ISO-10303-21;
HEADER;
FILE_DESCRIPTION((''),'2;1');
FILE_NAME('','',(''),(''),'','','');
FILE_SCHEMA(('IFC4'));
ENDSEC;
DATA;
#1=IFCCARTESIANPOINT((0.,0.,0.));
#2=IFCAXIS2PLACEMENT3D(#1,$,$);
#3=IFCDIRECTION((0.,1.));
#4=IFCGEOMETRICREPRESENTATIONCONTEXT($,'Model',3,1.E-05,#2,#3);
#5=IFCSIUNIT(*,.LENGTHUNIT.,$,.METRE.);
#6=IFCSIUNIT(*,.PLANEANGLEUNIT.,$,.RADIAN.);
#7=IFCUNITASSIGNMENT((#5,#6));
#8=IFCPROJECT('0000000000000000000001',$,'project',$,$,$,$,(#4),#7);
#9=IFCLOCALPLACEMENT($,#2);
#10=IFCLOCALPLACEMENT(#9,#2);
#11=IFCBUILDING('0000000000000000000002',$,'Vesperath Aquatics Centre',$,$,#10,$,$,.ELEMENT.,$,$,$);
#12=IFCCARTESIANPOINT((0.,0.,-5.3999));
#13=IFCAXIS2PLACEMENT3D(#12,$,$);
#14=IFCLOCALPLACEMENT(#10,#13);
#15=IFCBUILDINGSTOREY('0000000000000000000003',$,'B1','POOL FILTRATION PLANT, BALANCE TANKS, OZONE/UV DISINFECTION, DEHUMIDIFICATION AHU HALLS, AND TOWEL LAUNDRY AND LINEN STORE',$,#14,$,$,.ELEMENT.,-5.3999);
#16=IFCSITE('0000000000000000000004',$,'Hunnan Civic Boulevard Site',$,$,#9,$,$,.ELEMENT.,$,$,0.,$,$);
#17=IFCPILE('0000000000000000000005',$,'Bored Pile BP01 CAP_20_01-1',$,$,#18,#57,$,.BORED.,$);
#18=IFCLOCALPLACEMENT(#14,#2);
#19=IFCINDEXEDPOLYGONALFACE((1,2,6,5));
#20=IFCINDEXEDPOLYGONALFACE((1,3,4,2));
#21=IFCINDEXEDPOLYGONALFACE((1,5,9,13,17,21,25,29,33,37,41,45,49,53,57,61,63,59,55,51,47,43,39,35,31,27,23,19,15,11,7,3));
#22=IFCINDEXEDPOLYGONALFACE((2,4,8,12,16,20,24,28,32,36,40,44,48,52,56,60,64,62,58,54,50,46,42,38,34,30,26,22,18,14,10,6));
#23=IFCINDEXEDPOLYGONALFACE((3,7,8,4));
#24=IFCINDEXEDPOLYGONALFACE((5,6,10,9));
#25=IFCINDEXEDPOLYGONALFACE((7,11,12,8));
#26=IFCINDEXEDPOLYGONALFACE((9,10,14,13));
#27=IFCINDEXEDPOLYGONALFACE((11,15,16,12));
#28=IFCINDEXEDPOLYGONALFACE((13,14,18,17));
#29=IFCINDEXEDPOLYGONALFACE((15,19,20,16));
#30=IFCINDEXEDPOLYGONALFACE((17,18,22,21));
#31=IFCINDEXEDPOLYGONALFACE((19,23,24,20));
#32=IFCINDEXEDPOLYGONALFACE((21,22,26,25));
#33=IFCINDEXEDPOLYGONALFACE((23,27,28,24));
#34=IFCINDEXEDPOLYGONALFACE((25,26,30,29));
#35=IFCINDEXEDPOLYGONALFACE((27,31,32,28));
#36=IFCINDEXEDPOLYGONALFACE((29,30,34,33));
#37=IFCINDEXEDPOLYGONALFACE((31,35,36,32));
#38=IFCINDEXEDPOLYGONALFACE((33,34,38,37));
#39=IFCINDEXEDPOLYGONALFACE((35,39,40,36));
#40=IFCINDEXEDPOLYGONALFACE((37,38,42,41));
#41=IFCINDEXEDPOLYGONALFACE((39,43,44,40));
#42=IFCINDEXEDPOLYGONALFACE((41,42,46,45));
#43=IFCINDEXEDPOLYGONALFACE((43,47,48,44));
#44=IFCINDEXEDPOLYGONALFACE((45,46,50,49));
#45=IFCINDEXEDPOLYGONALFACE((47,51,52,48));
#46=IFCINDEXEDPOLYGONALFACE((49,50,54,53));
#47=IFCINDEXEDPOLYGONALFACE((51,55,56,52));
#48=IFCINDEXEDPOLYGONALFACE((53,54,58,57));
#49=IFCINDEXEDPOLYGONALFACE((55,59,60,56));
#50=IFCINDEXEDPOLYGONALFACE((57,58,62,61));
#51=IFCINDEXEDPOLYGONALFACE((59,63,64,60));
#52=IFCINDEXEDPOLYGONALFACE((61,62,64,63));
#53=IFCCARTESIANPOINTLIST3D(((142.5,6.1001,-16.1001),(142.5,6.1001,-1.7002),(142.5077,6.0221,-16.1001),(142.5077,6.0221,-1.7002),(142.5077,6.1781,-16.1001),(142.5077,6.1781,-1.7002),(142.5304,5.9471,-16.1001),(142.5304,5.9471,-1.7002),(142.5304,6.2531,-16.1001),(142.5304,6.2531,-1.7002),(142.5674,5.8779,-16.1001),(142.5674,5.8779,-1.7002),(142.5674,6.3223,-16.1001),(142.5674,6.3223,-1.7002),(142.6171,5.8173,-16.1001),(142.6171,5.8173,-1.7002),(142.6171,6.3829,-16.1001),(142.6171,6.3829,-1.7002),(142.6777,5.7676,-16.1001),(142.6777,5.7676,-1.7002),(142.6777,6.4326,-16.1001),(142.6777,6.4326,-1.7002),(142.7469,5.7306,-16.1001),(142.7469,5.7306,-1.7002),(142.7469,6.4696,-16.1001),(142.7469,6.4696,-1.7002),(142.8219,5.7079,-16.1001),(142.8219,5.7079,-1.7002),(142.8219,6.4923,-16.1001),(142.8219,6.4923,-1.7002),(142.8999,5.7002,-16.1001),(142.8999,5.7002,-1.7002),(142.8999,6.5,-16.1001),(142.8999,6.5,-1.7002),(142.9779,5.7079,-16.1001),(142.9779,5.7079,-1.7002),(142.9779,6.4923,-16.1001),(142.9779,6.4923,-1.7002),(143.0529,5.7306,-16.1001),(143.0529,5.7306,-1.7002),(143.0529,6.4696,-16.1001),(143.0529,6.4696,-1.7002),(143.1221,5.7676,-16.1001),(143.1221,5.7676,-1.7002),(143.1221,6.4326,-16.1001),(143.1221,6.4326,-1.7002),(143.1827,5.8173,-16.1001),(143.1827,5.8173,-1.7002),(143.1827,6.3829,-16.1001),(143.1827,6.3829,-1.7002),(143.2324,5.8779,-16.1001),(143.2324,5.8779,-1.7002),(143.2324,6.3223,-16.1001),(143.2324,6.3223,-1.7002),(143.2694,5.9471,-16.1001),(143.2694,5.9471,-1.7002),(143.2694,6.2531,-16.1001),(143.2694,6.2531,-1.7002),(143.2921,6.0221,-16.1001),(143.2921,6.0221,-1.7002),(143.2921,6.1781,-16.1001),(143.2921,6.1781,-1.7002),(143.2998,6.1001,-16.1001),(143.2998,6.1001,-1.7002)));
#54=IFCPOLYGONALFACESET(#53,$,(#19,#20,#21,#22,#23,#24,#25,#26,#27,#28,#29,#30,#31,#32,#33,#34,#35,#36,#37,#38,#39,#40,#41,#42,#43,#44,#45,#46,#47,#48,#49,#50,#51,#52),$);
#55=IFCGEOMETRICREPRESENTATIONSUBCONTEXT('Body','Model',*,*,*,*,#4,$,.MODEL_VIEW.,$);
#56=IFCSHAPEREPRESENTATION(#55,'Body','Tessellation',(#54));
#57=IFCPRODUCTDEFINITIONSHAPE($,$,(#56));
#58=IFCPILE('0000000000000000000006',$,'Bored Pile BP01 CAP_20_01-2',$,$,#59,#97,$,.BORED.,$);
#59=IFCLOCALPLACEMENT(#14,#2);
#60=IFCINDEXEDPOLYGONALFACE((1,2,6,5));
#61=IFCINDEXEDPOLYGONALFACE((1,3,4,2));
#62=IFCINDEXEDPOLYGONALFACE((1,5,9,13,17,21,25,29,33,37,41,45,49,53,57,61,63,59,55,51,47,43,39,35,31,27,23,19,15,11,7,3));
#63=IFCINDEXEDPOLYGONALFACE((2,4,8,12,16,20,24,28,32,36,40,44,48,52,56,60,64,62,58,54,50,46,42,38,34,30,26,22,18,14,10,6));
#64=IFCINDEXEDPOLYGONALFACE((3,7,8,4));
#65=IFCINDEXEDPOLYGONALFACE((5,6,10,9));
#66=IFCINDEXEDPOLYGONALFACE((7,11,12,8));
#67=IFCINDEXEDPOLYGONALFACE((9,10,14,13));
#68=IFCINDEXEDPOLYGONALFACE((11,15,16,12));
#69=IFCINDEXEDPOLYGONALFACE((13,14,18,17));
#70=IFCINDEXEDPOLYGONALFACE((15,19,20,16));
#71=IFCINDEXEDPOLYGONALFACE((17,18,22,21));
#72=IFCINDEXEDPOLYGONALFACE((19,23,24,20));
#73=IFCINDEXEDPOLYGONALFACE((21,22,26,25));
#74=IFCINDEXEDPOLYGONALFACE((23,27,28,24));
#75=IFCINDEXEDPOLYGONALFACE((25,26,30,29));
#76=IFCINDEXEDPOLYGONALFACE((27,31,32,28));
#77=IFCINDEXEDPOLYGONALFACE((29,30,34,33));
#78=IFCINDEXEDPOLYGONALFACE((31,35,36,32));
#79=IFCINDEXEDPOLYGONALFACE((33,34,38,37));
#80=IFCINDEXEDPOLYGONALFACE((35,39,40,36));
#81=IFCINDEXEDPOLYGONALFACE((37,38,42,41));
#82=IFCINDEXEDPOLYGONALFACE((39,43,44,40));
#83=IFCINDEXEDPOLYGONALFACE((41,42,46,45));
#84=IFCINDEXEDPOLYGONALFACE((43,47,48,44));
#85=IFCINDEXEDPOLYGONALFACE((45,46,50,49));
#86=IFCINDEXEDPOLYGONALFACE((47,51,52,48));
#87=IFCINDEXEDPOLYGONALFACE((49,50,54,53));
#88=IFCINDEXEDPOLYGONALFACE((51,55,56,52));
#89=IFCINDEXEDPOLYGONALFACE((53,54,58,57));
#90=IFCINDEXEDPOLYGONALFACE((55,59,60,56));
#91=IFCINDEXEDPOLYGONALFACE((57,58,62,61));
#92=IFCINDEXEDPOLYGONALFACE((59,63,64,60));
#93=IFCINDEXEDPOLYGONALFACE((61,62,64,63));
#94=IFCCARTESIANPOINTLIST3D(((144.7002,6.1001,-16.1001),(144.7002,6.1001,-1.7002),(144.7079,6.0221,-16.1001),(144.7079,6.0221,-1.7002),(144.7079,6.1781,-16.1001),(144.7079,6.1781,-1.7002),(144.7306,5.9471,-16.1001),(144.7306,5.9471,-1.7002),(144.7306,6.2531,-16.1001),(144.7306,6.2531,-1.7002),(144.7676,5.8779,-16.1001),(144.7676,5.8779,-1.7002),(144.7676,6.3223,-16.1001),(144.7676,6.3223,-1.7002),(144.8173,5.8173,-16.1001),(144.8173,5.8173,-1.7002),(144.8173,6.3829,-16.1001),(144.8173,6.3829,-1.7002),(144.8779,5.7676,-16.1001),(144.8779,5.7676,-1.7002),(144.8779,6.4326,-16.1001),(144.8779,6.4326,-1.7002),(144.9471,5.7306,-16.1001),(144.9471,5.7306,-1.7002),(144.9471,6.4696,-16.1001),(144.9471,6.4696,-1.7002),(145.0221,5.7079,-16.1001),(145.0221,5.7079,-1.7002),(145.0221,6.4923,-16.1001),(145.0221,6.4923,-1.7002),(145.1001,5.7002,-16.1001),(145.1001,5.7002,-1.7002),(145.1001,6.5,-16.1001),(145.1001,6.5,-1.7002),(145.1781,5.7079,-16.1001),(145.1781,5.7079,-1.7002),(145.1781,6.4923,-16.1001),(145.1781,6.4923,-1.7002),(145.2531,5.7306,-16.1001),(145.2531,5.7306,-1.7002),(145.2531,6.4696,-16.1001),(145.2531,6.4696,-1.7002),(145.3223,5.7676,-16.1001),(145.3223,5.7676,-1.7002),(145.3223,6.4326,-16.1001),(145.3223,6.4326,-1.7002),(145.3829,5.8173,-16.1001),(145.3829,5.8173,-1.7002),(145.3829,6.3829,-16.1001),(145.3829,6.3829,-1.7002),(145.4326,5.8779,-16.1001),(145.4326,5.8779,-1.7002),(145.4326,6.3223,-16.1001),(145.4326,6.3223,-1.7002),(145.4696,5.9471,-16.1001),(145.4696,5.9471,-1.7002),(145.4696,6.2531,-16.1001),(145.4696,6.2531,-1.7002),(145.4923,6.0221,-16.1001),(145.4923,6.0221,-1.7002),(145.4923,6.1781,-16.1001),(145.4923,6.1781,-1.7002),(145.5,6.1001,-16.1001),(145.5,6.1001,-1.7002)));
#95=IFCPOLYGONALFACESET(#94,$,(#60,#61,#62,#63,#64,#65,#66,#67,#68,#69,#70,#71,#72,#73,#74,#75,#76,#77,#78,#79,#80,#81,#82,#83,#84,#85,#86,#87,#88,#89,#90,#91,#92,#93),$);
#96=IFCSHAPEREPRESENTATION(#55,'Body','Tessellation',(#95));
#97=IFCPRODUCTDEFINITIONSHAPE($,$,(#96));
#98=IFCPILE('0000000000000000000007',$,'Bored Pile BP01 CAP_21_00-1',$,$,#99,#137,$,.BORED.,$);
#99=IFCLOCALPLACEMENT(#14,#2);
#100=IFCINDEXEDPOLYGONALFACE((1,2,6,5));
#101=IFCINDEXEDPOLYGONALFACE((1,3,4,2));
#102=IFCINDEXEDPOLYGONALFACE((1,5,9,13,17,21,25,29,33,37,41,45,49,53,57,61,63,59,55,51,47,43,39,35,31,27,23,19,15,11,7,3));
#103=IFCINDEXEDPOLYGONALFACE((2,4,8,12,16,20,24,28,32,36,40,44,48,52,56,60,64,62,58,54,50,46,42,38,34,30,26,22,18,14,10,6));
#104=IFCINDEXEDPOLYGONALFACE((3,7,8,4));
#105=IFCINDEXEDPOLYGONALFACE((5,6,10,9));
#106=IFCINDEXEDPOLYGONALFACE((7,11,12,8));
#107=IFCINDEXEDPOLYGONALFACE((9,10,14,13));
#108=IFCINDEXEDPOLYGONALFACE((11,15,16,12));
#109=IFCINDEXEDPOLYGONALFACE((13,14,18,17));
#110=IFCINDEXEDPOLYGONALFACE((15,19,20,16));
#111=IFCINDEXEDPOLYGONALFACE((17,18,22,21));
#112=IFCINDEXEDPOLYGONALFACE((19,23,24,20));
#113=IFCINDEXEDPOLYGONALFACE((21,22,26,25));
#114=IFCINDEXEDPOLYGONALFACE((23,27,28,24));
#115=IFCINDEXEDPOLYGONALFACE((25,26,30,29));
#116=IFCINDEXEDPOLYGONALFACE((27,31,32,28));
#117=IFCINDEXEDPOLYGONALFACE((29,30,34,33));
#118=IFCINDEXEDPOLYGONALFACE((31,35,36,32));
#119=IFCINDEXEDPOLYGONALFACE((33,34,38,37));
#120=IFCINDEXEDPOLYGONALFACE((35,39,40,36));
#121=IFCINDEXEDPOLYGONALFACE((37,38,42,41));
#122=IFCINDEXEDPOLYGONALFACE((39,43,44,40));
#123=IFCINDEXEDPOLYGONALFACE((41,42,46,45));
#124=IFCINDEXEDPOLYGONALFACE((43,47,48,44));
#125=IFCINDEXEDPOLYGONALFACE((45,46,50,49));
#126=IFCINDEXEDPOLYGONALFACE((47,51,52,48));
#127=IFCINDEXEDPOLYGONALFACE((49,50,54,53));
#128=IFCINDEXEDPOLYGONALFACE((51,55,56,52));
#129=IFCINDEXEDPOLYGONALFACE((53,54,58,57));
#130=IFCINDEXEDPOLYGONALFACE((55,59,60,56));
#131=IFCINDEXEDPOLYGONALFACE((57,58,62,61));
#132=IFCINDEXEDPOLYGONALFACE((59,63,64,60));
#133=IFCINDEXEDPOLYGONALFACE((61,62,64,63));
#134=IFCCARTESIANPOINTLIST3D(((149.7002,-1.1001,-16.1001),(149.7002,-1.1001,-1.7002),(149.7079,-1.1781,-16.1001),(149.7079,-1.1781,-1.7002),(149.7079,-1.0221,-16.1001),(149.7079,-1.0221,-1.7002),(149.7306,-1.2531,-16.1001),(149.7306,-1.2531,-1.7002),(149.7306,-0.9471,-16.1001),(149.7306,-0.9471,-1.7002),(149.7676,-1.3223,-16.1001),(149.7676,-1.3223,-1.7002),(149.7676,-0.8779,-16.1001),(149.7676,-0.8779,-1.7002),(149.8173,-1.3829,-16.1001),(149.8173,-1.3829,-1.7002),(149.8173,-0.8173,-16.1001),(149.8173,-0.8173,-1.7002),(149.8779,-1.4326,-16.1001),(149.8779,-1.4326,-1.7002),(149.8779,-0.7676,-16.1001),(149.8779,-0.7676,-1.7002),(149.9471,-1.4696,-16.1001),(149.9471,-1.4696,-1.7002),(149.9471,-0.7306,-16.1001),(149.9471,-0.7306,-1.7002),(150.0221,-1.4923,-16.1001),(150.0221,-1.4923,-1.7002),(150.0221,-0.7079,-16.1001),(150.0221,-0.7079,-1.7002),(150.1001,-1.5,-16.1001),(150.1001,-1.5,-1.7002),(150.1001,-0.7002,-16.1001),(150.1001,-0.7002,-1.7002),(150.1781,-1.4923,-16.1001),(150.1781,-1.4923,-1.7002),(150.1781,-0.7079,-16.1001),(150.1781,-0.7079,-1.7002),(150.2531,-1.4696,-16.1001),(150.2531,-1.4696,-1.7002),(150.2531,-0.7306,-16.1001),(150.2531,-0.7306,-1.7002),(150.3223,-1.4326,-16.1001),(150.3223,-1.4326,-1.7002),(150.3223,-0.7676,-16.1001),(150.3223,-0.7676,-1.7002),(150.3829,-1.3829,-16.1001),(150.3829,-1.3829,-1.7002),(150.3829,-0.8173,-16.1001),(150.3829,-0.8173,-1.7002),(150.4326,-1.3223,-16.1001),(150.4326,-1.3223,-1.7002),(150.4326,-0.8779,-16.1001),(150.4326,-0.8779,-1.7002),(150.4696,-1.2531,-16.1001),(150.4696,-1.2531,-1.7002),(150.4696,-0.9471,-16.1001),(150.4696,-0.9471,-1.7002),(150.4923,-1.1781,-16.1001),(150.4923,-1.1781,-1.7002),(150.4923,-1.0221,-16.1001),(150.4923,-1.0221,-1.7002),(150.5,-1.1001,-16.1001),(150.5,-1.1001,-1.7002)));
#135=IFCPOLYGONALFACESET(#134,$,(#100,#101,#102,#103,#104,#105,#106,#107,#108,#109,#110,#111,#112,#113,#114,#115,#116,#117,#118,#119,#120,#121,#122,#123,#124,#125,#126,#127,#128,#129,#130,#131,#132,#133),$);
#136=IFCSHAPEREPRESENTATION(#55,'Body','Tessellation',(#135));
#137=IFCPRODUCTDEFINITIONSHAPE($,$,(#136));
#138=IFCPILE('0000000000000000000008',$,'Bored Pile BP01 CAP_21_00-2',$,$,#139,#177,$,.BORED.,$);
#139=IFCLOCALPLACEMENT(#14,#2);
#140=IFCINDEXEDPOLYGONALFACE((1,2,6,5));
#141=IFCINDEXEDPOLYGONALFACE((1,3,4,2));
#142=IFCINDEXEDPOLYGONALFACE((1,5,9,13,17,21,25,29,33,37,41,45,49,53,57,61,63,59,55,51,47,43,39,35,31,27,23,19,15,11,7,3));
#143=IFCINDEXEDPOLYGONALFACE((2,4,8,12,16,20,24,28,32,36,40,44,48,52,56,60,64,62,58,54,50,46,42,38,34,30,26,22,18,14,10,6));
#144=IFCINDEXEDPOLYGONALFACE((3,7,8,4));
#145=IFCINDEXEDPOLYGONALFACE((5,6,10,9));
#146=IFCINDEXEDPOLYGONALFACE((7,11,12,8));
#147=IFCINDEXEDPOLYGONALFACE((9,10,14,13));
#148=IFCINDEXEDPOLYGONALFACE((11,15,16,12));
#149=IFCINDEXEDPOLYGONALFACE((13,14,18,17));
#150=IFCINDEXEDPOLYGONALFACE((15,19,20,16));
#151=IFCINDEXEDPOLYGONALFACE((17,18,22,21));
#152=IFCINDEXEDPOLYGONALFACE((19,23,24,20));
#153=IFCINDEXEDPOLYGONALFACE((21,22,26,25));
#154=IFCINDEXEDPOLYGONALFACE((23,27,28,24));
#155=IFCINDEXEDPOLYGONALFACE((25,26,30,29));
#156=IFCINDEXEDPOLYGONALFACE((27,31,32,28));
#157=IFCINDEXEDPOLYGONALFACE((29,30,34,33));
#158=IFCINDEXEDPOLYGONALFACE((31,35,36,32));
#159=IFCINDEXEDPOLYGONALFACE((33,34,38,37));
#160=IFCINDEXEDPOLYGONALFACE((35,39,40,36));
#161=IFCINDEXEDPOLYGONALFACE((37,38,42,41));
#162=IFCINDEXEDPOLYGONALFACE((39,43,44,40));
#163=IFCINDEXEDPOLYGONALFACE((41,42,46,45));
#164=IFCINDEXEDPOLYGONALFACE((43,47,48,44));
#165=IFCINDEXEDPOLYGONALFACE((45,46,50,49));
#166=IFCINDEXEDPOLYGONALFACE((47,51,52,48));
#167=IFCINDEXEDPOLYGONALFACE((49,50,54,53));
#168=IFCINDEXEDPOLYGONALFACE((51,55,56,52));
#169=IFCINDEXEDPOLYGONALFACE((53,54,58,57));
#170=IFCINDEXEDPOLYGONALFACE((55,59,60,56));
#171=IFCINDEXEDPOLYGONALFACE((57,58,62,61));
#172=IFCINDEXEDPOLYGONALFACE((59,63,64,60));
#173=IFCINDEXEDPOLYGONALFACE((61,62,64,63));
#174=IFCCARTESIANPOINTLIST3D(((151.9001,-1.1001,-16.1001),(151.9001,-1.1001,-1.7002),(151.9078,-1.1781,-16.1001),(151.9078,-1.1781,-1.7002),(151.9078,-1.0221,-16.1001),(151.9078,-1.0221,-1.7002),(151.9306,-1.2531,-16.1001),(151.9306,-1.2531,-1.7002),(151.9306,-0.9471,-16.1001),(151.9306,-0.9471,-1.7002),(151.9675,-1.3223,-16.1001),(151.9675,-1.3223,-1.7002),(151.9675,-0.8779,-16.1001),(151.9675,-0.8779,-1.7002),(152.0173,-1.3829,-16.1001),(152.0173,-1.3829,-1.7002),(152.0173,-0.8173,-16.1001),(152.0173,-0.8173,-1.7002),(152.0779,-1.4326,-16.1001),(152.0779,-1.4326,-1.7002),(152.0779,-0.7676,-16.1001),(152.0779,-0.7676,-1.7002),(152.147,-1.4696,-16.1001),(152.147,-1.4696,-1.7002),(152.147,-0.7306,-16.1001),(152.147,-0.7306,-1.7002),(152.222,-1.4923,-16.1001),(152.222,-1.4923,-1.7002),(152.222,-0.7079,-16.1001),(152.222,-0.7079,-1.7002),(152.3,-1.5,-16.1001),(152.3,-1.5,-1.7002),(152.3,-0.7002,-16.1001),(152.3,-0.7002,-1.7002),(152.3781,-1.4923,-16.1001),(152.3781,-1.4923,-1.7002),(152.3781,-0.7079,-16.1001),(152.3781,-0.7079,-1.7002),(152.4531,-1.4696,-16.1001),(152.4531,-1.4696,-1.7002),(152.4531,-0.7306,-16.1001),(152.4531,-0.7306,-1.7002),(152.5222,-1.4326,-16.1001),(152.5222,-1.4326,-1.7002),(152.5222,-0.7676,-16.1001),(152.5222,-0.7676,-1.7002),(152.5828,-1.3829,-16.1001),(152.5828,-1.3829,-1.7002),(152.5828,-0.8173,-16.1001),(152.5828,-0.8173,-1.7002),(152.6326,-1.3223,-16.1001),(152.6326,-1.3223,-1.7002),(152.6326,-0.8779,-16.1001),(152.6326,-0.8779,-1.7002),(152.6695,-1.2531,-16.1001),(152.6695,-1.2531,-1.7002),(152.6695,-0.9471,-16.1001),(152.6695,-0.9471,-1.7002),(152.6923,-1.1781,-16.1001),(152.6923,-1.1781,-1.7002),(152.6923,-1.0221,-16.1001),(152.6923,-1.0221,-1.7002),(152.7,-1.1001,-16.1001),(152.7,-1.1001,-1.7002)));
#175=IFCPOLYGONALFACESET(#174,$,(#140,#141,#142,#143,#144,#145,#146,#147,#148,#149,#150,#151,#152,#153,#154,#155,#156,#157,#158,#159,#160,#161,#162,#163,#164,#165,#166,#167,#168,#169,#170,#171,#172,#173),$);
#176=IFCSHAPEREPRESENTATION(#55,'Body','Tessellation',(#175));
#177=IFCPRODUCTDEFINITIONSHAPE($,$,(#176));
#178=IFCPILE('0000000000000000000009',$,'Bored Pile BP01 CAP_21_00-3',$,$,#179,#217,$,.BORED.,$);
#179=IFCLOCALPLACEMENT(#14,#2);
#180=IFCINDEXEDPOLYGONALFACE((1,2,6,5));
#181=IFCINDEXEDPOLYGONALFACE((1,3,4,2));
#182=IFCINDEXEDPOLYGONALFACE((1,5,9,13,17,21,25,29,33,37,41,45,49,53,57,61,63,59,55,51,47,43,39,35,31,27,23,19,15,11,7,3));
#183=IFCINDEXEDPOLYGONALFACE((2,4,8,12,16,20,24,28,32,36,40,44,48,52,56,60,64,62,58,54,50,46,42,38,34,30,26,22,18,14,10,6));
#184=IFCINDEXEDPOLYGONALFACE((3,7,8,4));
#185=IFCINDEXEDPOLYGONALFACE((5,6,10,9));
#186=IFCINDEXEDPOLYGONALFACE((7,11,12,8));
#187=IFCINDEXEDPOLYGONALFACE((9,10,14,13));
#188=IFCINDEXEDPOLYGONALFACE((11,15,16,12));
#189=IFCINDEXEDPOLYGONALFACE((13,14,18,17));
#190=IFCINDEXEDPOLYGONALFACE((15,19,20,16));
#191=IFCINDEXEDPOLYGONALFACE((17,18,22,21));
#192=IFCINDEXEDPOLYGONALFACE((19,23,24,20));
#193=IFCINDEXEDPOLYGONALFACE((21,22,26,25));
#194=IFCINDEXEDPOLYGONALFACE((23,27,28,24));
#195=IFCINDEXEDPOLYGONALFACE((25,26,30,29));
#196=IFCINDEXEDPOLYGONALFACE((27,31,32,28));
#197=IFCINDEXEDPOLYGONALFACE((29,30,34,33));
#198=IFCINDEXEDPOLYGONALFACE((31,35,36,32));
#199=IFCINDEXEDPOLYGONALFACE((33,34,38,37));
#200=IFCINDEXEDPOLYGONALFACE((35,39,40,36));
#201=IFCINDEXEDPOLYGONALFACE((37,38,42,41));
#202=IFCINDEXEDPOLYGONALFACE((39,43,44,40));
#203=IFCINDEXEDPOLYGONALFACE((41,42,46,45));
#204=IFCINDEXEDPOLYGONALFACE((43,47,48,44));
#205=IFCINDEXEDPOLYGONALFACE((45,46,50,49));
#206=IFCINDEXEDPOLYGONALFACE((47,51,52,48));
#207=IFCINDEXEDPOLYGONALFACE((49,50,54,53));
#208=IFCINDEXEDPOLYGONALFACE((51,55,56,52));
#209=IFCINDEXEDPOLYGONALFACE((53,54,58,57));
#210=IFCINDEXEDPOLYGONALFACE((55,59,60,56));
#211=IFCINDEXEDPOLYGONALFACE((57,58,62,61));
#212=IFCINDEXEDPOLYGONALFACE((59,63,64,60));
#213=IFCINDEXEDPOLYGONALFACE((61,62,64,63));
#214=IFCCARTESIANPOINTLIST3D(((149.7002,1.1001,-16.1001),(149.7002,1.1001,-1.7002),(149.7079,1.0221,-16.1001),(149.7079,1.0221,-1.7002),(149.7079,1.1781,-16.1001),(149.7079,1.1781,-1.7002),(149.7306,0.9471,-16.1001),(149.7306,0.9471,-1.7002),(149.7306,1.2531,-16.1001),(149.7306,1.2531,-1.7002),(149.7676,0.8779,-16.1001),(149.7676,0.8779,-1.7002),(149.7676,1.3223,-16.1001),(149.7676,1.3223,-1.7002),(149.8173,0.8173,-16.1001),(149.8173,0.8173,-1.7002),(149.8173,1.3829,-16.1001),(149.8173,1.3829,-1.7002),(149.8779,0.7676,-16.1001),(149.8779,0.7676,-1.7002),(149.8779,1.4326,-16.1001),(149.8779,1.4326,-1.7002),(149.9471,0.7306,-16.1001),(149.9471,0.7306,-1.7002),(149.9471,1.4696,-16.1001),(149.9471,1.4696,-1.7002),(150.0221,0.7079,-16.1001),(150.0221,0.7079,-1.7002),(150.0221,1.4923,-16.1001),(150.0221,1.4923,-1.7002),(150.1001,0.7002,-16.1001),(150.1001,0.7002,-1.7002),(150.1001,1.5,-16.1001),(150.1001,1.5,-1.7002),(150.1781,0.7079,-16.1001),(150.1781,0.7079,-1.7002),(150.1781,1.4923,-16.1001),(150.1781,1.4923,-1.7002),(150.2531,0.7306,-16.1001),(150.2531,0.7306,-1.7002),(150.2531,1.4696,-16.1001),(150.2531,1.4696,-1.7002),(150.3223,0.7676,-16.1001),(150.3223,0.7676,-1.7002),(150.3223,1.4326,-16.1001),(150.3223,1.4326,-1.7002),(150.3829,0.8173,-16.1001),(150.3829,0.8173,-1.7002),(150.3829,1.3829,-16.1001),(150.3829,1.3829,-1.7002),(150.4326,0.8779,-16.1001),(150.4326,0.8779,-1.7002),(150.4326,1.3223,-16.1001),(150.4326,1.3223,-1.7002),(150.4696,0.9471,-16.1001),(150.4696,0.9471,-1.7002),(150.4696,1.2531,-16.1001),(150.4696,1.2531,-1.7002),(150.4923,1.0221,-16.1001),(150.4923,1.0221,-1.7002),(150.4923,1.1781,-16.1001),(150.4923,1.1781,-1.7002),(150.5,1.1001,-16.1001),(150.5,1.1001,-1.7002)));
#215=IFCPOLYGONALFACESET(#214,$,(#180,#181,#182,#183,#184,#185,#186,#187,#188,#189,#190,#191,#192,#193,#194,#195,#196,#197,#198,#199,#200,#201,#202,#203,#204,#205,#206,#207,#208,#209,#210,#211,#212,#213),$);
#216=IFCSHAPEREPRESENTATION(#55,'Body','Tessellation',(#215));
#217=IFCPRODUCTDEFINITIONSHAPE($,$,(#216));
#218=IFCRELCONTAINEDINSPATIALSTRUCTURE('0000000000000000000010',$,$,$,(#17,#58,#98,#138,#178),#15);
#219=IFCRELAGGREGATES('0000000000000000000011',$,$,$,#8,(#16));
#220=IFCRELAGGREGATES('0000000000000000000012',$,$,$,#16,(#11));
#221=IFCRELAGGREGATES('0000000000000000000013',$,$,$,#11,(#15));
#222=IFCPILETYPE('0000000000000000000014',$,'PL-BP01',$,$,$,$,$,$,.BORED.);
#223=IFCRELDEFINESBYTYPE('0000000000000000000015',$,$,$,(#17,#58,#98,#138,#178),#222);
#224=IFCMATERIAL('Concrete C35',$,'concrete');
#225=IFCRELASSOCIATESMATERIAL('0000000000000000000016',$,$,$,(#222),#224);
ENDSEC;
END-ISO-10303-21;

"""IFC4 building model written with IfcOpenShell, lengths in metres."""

from ifc_helpers import new_model, si_unit, direction, frame, origin, origin_2d, place, context, subcontext, project, spatial, circle, extrude, material, material_profile, profile_set, type_object, element, save


model = new_model("IFC4")

# Units and contexts
model_context = context("Model", 3, precision=1e-05, world=origin(), true_north=direction((0.0, 1.0)))
body_context = subcontext(model_context, "Body", "Model", "MODEL_VIEW")
ifc_project = project(units=[si_unit("LENGTHUNIT", "METRE"), si_unit("PLANEANGLEUNIT", "RADIAN")], contexts=[model_context])

# Site, building, storey
site_placement = place(None, origin())
site = spatial("IfcSite", under=ifc_project, at=site_placement, Name="Hunnan Civic Boulevard Site", CompositionType="ELEMENT", RefElevation=0.0)
building_placement = place(site_placement, origin())
building = spatial("IfcBuilding", under=site, at=building_placement, Name="Vesperath Aquatics Centre", CompositionType="ELEMENT")
storey_placement = place(building_placement, frame((0.0, 0.0, -5.3999)))
storey = spatial("IfcBuildingStorey", under=building, at=storey_placement, Name="B1", Description="POOL FILTRATION PLANT, BALANCE TANKS, OZONE/UV DISINFECTION, DEHUMIDIFICATION AHU HALLS, AND TOWEL LAUNDRY AND LINEN STORE", CompositionType="ELEMENT", Elevation=-5.3999)

# Piles
ifc_material_1 = material(Name="Concrete C35", Category="concrete")
ifc_material_profile_1 = material_profile(ifc_material_1, circle(Radius=0.3999, at=origin_2d()), Name="PILE D800")
ifc_profile_set_1 = profile_set([ifc_material_profile_1], Name="Concrete C35")
pile_type = type_object("IfcPileType", Name="PL-BP01", PredefinedType="BORED", material=ifc_profile_set_1)
for number, where, z_axis, x_axis, name in (
    (1, (142.8999, 6.1001, -1.7002), (0.0, 0.0, -1.0), (1.0, 0.0, 0.0), "Bored Pile BP01 CAP_20_01-1"),
    (2, (145.1001, 6.1001, -1.7002), (0.0, 0.0, -1.0), (1.0, 0.0, 0.0), "Bored Pile BP01 CAP_20_01-2"),
    (3, (150.1001, -1.1001, -1.7002), (0.0, 0.0, -1.0), (1.0, 0.0, 0.0), "Bored Pile BP01 CAP_21_00-1"),
    (4, (152.3, -1.1001, -1.7002), (0.0, 0.0, -1.0), (1.0, 0.0, 0.0), "Bored Pile BP01 CAP_21_00-2"),
    (5, (150.1001, 1.1001, -1.7002), (0.0, 0.0, -1.0), (1.0, 0.0, 0.0), "Bored Pile BP01 CAP_21_00-3"),
):
    element("IfcPile", number, at=place(storey_placement, frame(where, z_axis=z_axis, x_axis=x_axis)), inside=storey, type_object=pile_type, Name=name, PredefinedType="BORED", context=body_context, shape_type="SweptSolid", body=[
        extrude(circle(Radius=0.3999, at=origin_2d()), origin(), (0.0, 0.0, 1.0), 14.3999),
    ])

save(model, "model.ifc")
